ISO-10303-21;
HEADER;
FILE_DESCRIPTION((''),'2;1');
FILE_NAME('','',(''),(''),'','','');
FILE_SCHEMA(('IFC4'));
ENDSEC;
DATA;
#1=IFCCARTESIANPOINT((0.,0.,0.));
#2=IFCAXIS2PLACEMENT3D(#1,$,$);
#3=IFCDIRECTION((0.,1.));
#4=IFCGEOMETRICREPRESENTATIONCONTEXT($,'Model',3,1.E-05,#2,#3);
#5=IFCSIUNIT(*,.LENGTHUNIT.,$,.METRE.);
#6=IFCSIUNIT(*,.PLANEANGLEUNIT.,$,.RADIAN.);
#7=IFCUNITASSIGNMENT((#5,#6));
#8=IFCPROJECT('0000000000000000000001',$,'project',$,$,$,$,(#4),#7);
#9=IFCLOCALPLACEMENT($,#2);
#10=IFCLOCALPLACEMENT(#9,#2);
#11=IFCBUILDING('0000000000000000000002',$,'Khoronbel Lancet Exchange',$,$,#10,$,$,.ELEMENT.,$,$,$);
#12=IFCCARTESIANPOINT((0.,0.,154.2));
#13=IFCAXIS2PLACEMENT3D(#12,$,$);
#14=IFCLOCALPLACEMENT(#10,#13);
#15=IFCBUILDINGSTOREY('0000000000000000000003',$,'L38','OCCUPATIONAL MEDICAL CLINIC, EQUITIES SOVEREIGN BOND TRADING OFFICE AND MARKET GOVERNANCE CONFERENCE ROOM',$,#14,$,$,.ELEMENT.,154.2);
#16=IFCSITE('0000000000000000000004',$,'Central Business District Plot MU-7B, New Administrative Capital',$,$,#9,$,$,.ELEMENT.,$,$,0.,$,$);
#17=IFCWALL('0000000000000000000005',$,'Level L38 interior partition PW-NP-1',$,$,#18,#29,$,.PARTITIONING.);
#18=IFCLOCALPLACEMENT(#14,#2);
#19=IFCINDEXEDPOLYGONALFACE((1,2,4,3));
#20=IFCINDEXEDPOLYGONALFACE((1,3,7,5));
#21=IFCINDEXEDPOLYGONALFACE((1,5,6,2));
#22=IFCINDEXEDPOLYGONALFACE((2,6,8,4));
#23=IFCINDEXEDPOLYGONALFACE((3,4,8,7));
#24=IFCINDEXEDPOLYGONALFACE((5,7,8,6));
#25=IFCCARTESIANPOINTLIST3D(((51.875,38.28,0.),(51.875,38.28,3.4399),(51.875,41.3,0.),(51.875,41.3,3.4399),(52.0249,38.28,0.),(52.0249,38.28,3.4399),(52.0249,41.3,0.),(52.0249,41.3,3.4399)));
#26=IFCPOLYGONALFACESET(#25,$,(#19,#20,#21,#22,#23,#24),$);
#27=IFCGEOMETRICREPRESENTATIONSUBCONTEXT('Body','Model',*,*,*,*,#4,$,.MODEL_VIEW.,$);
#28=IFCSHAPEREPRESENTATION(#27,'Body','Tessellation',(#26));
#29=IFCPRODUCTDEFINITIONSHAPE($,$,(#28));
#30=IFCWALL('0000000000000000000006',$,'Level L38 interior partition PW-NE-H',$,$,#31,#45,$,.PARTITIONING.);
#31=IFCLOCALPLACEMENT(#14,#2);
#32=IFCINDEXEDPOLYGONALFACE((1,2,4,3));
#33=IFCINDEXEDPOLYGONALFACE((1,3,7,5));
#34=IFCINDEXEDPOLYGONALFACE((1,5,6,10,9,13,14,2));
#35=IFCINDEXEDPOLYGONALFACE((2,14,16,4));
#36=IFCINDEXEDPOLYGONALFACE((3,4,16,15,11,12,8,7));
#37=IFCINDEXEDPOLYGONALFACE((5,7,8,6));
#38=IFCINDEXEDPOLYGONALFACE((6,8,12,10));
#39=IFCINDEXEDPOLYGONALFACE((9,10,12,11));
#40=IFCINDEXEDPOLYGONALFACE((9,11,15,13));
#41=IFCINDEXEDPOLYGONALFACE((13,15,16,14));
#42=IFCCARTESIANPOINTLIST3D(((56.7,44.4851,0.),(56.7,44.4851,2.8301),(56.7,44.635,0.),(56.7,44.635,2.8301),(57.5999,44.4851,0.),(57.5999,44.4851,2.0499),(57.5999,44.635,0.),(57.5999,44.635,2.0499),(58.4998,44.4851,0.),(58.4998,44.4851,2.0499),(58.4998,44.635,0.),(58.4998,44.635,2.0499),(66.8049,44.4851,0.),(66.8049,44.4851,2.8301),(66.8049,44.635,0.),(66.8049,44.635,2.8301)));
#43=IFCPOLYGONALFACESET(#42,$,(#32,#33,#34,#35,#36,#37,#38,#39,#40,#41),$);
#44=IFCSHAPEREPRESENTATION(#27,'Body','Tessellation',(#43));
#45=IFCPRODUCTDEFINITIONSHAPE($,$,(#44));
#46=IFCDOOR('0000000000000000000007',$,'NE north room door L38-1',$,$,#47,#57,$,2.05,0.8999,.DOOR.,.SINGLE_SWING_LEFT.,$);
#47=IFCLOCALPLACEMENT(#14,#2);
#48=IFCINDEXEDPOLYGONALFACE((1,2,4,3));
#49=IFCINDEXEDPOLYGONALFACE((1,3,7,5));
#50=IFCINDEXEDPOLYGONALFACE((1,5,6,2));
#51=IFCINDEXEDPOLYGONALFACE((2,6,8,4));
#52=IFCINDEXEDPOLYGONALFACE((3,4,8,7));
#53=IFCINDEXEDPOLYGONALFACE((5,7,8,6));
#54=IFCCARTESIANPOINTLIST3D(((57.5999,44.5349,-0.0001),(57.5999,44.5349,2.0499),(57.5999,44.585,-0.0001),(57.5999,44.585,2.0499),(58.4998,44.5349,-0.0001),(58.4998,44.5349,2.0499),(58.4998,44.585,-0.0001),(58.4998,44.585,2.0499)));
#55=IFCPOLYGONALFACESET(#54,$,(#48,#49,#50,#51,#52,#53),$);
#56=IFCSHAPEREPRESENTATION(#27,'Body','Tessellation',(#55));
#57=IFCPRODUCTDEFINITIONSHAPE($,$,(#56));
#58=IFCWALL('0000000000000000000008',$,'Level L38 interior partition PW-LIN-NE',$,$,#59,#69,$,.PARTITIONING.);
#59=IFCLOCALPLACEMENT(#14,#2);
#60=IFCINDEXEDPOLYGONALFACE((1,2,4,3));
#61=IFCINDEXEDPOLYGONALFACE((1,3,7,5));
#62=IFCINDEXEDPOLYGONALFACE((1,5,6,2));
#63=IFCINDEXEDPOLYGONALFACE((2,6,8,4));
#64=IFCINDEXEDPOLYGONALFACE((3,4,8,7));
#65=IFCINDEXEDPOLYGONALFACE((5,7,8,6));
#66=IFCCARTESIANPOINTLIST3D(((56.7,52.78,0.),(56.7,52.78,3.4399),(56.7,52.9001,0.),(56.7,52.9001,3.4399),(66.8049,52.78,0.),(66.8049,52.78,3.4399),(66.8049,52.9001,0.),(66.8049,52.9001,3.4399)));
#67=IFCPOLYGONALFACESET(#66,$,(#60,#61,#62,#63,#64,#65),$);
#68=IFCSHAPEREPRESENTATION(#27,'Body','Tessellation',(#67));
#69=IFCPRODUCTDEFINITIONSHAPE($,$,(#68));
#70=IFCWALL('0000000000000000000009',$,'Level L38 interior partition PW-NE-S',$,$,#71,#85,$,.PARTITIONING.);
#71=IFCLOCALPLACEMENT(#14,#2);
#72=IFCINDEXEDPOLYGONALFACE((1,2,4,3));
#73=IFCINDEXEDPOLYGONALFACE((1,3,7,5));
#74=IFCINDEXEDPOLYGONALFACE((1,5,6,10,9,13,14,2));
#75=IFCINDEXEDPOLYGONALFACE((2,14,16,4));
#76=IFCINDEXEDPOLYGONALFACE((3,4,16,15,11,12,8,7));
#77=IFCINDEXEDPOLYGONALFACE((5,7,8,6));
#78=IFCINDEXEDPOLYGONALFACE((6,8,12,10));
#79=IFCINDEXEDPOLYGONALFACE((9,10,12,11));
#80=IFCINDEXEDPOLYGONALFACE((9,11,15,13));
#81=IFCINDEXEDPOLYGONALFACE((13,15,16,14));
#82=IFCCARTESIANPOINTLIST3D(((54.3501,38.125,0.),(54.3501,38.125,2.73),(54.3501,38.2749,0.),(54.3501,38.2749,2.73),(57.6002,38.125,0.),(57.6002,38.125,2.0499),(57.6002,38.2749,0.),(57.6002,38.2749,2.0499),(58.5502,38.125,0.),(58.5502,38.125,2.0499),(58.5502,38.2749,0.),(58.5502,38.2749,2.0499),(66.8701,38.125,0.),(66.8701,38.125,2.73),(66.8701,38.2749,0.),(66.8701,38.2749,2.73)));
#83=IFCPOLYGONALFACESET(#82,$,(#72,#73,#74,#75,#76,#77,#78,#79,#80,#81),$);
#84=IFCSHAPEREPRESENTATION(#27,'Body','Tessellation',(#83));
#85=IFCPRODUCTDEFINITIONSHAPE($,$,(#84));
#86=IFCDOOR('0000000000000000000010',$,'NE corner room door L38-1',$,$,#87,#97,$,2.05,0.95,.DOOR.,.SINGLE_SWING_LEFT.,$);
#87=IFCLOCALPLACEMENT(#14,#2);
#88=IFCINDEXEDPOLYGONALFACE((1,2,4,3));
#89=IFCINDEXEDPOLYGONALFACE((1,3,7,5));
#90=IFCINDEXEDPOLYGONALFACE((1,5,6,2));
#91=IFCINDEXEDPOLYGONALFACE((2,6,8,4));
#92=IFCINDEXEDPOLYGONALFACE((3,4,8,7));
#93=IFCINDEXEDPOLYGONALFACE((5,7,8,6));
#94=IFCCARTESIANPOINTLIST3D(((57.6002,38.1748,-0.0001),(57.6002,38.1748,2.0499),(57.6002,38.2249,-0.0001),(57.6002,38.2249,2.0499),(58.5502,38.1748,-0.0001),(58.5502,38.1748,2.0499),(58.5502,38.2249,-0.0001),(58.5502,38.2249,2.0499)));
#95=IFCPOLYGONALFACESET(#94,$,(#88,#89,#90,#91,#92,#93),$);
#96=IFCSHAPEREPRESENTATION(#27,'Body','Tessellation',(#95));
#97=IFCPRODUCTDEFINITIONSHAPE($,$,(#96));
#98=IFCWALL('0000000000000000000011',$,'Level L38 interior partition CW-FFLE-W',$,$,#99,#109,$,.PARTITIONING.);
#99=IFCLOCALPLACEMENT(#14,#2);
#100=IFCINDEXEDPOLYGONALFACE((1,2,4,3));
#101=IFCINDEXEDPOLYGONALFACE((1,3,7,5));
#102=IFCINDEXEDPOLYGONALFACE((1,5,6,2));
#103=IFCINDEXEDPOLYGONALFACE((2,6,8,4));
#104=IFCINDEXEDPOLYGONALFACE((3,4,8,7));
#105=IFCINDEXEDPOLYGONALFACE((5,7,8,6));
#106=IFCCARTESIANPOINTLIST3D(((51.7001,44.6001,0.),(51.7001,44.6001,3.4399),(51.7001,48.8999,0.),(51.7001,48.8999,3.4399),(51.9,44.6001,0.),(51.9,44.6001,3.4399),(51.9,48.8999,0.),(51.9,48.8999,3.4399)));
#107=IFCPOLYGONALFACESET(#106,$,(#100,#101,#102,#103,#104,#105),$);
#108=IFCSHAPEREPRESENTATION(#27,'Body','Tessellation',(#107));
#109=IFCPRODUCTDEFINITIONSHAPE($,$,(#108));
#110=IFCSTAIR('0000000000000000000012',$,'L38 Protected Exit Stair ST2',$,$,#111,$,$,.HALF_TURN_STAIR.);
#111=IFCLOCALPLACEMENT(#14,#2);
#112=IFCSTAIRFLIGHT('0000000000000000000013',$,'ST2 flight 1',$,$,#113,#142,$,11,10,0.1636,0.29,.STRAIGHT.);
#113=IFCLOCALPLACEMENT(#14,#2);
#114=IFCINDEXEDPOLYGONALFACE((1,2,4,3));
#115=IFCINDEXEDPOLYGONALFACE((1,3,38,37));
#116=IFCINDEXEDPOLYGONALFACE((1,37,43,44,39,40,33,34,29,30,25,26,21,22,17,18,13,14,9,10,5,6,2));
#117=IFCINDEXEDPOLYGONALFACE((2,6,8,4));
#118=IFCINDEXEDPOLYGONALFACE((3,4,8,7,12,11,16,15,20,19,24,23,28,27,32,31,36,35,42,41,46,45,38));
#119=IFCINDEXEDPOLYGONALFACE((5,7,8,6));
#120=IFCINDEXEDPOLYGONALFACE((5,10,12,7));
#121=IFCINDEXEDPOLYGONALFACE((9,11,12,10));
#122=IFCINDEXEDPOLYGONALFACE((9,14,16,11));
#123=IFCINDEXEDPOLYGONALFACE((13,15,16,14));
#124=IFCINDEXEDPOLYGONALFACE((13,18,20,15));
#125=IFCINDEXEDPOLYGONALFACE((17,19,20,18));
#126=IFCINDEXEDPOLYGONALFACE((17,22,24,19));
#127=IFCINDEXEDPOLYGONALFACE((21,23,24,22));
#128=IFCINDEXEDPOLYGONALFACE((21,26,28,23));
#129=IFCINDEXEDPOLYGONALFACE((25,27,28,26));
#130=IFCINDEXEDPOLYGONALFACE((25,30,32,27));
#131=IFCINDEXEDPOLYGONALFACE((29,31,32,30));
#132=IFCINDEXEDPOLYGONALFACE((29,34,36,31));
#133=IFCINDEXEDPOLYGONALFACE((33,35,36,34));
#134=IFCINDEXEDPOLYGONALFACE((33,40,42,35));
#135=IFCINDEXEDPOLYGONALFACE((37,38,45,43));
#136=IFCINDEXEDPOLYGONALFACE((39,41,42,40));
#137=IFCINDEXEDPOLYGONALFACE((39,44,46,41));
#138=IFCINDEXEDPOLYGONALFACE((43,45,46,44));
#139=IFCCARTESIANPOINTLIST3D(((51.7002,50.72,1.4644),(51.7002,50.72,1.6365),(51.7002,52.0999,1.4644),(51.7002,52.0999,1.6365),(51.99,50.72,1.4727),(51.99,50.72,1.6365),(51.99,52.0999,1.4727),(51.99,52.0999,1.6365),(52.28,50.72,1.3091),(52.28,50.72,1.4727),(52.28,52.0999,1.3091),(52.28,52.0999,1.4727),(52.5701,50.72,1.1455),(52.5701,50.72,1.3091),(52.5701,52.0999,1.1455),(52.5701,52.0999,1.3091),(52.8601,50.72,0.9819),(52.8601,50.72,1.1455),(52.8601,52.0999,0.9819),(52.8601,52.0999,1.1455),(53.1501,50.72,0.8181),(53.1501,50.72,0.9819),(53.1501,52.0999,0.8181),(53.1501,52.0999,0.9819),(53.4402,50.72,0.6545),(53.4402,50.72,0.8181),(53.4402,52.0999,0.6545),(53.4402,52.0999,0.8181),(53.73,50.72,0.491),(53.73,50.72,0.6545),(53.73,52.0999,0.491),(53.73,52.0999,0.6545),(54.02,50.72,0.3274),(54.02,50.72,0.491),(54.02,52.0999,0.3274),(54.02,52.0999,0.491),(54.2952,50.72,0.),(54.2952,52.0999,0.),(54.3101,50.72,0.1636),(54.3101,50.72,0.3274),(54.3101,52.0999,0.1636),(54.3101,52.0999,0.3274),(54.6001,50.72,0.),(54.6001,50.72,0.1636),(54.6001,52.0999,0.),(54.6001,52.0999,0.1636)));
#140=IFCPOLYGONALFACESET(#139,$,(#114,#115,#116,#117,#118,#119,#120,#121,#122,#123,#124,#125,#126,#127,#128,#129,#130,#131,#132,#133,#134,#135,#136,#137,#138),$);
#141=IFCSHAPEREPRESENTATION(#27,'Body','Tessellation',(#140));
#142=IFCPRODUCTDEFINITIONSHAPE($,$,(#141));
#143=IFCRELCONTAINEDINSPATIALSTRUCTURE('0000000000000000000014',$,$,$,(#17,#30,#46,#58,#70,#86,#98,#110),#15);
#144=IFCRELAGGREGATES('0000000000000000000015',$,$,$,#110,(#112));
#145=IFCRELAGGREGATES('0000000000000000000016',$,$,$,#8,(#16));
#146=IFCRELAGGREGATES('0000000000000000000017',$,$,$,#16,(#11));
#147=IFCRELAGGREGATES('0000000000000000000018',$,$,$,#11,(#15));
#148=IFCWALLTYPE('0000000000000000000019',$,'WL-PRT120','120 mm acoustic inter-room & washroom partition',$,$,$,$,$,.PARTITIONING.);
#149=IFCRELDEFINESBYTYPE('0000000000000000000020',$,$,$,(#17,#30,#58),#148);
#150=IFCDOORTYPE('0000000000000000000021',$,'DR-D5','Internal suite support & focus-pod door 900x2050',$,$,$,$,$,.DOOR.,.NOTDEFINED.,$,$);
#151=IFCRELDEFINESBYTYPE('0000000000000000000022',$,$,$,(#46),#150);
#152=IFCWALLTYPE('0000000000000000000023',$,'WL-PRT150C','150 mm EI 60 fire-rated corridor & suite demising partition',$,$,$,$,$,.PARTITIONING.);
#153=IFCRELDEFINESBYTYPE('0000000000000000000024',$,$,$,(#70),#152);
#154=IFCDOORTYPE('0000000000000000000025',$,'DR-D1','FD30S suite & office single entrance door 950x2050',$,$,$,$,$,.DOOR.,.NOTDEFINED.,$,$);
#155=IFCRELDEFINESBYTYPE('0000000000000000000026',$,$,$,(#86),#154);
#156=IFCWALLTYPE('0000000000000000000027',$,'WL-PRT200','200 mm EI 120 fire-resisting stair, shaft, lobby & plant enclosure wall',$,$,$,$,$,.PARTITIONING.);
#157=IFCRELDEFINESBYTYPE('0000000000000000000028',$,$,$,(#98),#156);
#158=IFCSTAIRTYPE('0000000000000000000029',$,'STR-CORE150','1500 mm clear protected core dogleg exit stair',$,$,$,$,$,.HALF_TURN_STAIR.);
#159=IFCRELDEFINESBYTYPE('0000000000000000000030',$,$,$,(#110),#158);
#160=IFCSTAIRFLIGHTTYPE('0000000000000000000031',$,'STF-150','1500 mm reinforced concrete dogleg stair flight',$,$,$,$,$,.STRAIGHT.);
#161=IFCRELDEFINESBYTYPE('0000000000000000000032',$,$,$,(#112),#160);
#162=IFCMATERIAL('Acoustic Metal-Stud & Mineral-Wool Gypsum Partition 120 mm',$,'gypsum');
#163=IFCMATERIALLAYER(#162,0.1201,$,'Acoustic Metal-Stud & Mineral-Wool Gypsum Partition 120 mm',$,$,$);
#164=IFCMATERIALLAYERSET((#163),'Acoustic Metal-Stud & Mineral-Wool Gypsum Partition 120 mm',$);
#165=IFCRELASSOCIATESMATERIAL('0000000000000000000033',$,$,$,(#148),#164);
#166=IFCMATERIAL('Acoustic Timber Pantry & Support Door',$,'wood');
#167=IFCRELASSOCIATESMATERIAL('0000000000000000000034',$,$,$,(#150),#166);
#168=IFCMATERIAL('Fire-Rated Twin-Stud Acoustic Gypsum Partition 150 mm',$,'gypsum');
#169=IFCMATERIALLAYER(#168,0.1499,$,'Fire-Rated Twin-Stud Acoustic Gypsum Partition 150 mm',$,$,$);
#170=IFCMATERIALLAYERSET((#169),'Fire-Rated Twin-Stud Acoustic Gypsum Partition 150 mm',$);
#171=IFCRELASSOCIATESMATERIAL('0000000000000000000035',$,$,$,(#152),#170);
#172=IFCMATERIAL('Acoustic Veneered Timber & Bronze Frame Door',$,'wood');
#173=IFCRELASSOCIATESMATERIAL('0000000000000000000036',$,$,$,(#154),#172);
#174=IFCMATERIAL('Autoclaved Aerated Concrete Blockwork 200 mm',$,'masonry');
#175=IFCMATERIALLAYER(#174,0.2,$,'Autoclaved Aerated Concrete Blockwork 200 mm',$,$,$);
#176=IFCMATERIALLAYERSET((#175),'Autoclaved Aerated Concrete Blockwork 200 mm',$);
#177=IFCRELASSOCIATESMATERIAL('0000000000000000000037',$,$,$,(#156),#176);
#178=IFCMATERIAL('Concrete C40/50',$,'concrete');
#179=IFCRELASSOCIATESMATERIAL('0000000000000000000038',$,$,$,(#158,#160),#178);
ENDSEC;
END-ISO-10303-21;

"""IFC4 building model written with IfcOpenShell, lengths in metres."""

from ifc_helpers import new_model, si_unit, direction, frame, frame_2d, origin, place, context, subcontext, project, spatial, polyline, rectangle, outline, extrude, material, layer, layer_set, type_object, element, fill, aggregate, save


model = new_model("IFC4")

# Units and contexts
model_context = context("Model", 3, precision=1e-05, world=origin(), true_north=direction((0.0, 1.0)))
body_context = subcontext(model_context, "Body", "Model", "MODEL_VIEW")
ifc_project = project(units=[si_unit("LENGTHUNIT", "METRE"), si_unit("PLANEANGLEUNIT", "RADIAN")], contexts=[model_context])

# Site, building, storey
site_placement = place(None, origin())
site = spatial("IfcSite", under=ifc_project, at=site_placement, Name="Central Business District Plot MU-7B, New Administrative Capital", CompositionType="ELEMENT", RefElevation=0.0)
building_placement = place(site_placement, origin())
building = spatial("IfcBuilding", under=site, at=building_placement, Name="Khoronbel Lancet Exchange", CompositionType="ELEMENT")
storey_placement = place(building_placement, frame((0.0, 0.0, 154.2)))
storey = spatial("IfcBuildingStorey", under=building, at=storey_placement, Name="L38", Description="OCCUPATIONAL MEDICAL CLINIC, EQUITIES SOVEREIGN BOND TRADING OFFICE AND MARKET GOVERNANCE CONFERENCE ROOM", CompositionType="ELEMENT", Elevation=154.2)

# Wall
ifc_material_1 = material(Name="Acoustic Metal-Stud & Mineral-Wool Gypsum Partition 120 mm", Category="gypsum")
ifc_layer_1 = layer(ifc_material_1, 0.1201, Name="Acoustic Metal-Stud & Mineral-Wool Gypsum Partition 120 mm")
ifc_layer_set_1 = layer_set([ifc_layer_1], Name="Acoustic Metal-Stud & Mineral-Wool Gypsum Partition 120 mm")
wall_type_1 = type_object("IfcWallType", Name="WL-PRT120", Description="120 mm acoustic inter-room & washroom partition", PredefinedType="PARTITIONING", material=ifc_layer_set_1)
wall_1_placement = place(storey_placement, frame((51.95, 38.28, 0.0), z_axis=(0.0, 0.0, 1.0), x_axis=(0.0, 1.0, 0.0)))
element("IfcWall", 1, at=wall_1_placement, inside=storey, type_object=wall_type_1, Name="Level L38 interior partition PW-NP-1", PredefinedType="PARTITIONING", context=body_context, shape_type="SweptSolid", body=[
    extrude(rectangle(XDim=3.02, YDim=0.1499, at=frame_2d((1.51, 0.0))), origin(), (0.0, 0.0, 1.0), 3.4399),
])

# Wall, opening, door
wall_2_placement = place(storey_placement, frame((56.7, 44.5601, 0.0), z_axis=(0.0, 0.0, 1.0), x_axis=(1.0, 0.0, 0.0)))
wall_2 = element("IfcWall", 2, at=wall_2_placement, inside=storey, type_object=wall_type_1, Name="Level L38 interior partition PW-NE-H", PredefinedType="PARTITIONING", context=body_context, shape_type="SweptSolid", body=[
    extrude(rectangle(XDim=10.105, YDim=0.1499, at=frame_2d((5.0525, 0.0))), origin(), (0.0, 0.0, 1.0), 2.8301),
])
opening_1_placement = place(wall_2_placement, frame((0.8999, 0.0, 0.0)))
opening_1 = element("IfcOpeningElement", 3, at=opening_1_placement, cuts=wall_2, PredefinedType="OPENING", context=body_context, shape_type="SweptSolid", body=[
    extrude(rectangle(XDim=0.8999, YDim=2.05, at=frame_2d((0.45, 1.0249))), frame((0.0, 0.085, 0.0), z_axis=(0.0, -1.0, 0.0), x_axis=(1.0, 0.0, 0.0)), (0.0, 0.0, 1.0), 0.1699),
])
ifc_material_2 = material(Name="Acoustic Timber Pantry & Support Door", Category="wood")
door_type_1 = type_object("IfcDoorType", Name="DR-D5", Description="Internal suite support & focus-pod door 900x2050", OperationType="NOTDEFINED", PredefinedType="DOOR", material=ifc_material_2)
door_1_placement = place(opening_1_placement, origin())
door_1 = element("IfcDoor", 4, at=door_1_placement, inside=storey, type_object=door_type_1, Name="NE north room door L38-1", OperationType="SINGLE_SWING_LEFT", OverallHeight=2.05, OverallWidth=0.8999, PredefinedType="DOOR", context=body_context, shape_type="SweptSolid", body=[
    extrude(rectangle(XDim=0.8999, YDim=2.05, at=frame_2d((0.45, 1.0249))), frame((0.0, 0.0249, 0.0), z_axis=(0.0, -1.0, 0.0), x_axis=(1.0, 0.0, 0.0)), (0.0, 0.0, 1.0), 0.05),
])
fill(opening_1, door_1)

# Wall
wall_3_placement = place(storey_placement, frame((56.7, 52.8401, 0.0), z_axis=(0.0, 0.0, 1.0), x_axis=(1.0, 0.0, 0.0)))
element("IfcWall", 5, at=wall_3_placement, inside=storey, type_object=wall_type_1, Name="Level L38 interior partition PW-LIN-NE", PredefinedType="PARTITIONING", context=body_context, shape_type="SweptSolid", body=[
    extrude(rectangle(XDim=10.105, YDim=0.1201, at=frame_2d((5.0525, 0.0))), origin(), (0.0, 0.0, 1.0), 3.4399),
])

# Wall, opening, door
ifc_material_3 = material(Name="Fire-Rated Twin-Stud Acoustic Gypsum Partition 150 mm", Category="gypsum")
ifc_layer_2 = layer(ifc_material_3, 0.1499, Name="Fire-Rated Twin-Stud Acoustic Gypsum Partition 150 mm")
ifc_layer_set_2 = layer_set([ifc_layer_2], Name="Fire-Rated Twin-Stud Acoustic Gypsum Partition 150 mm")
wall_type_2 = type_object("IfcWallType", Name="WL-PRT150C", Description="150 mm EI 60 fire-rated corridor & suite demising partition", PredefinedType="PARTITIONING", material=ifc_layer_set_2)
wall_4_placement = place(storey_placement, frame((54.3501, 38.2, 0.0), z_axis=(0.0, 0.0, 1.0), x_axis=(1.0, 0.0, 0.0)))
wall_4 = element("IfcWall", 6, at=wall_4_placement, inside=storey, type_object=wall_type_2, Name="Level L38 interior partition PW-NE-S", PredefinedType="PARTITIONING", context=body_context, shape_type="SweptSolid", body=[
    extrude(rectangle(XDim=12.52, YDim=0.1499, at=frame_2d((6.26, 0.0))), origin(), (0.0, 0.0, 1.0), 2.73),
])
opening_2_placement = place(wall_4_placement, frame((3.25, 0.0, 0.0)))
opening_2 = element("IfcOpeningElement", 7, at=opening_2_placement, cuts=wall_4, PredefinedType="OPENING", context=body_context, shape_type="SweptSolid", body=[
    extrude(rectangle(XDim=0.95, YDim=2.05, at=frame_2d((0.4751, 1.0249))), frame((0.0, 0.085, 0.0), z_axis=(0.0, -1.0, 0.0), x_axis=(1.0, 0.0, 0.0)), (0.0, 0.0, 1.0), 0.1699),
])
ifc_material_4 = material(Name="Acoustic Veneered Timber & Bronze Frame Door", Category="wood")
door_type_2 = type_object("IfcDoorType", Name="DR-D1", Description="FD30S suite & office single entrance door 950x2050", OperationType="NOTDEFINED", PredefinedType="DOOR", material=ifc_material_4)
door_2_placement = place(opening_2_placement, origin())
door_2 = element("IfcDoor", 8, at=door_2_placement, inside=storey, type_object=door_type_2, Name="NE corner room door L38-1", OperationType="SINGLE_SWING_LEFT", OverallHeight=2.05, OverallWidth=0.95, PredefinedType="DOOR", context=body_context, shape_type="SweptSolid", body=[
    extrude(rectangle(XDim=0.95, YDim=2.05, at=frame_2d((0.4751, 1.0249))), frame((0.0, 0.0249, 0.0), z_axis=(0.0, -1.0, 0.0), x_axis=(1.0, 0.0, 0.0)), (0.0, 0.0, 1.0), 0.05),
])
fill(opening_2, door_2)

# Wall
ifc_material_5 = material(Name="Autoclaved Aerated Concrete Blockwork 200 mm", Category="masonry")
ifc_layer_3 = layer(ifc_material_5, 0.2, Name="Autoclaved Aerated Concrete Blockwork 200 mm")
ifc_layer_set_3 = layer_set([ifc_layer_3], Name="Autoclaved Aerated Concrete Blockwork 200 mm")
wall_type_3 = type_object("IfcWallType", Name="WL-PRT200", Description="200 mm EI 120 fire-resisting stair, shaft, lobby & plant enclosure wall", PredefinedType="PARTITIONING", material=ifc_layer_set_3)
wall_5_placement = place(storey_placement, frame((51.8, 44.6001, 0.0), z_axis=(0.0, 0.0, 1.0), x_axis=(0.0, 1.0, 0.0)))
element("IfcWall", 9, at=wall_5_placement, inside=storey, type_object=wall_type_3, Name="Level L38 interior partition CW-FFLE-W", PredefinedType="PARTITIONING", context=body_context, shape_type="SweptSolid", body=[
    extrude(rectangle(XDim=4.2998, YDim=0.2, at=frame_2d((2.1499, 0.0))), origin(), (0.0, 0.0, 1.0), 3.4399),
])

# Stair, stair flight
ifc_material_6 = material(Name="Concrete C40/50", Category="concrete")
stair_type = type_object("IfcStairType", Name="STR-CORE150", Description="1500 mm clear protected core dogleg exit stair", PredefinedType="HALF_TURN_STAIR", material=ifc_material_6)
stair_placement = place(storey_placement, origin())
stair = element("IfcStair", 10, at=stair_placement, inside=storey, type_object=stair_type, Name="L38 Protected Exit Stair ST2", PredefinedType="HALF_TURN_STAIR")
stair_flight_type = type_object("IfcStairFlightType", Name="STF-150", Description="1500 mm reinforced concrete dogleg stair flight", PredefinedType="STRAIGHT", material=ifc_material_6)
stair_flight_placement = place(storey_placement, frame((54.6001, 51.4099, 0.0), z_axis=(0.0, 0.0, 1.0), x_axis=(-1.0, 0.0, 0.0)))
stair_flight = element("IfcStairFlight", 11, at=stair_flight_placement, type_object=stair_flight_type, Name="ST2 flight 1", NumberOfRisers=11, NumberOfTreads=10, PredefinedType="STRAIGHT", RiserHeight=0.1636, TreadLength=0.29, context=body_context, shape_type="SweptSolid", body=[
    extrude(outline(polyline([(0.0, 0.0), (0.0, 0.1636), (0.29, 0.1636), (0.29, 0.3274), (0.5801, 0.3274), (0.5801, 0.491), (0.8701, 0.491), (0.8701, 0.6545), (1.1599, 0.6545), (1.1599, 0.8181), (1.45, 0.8181), (1.45, 0.9819), (1.74, 0.9819), (1.74, 1.1455), (2.03, 1.1455), (2.03, 1.3091), (2.3201, 1.3091), (2.3201, 1.4727), (2.6101, 1.4727), (2.6101, 1.6365), (2.8999, 1.6365), (2.8999, 1.8), (2.8999, 1.4644), (0.3049, 0.0), (0.0, 0.0)])), frame((0.0, 0.6899, 0.0), z_axis=(0.0, -1.0, 0.0), x_axis=(1.0, 0.0, 0.0)), (0.0, 0.0, 1.0), 1.3799),
])
aggregate(stair, [stair_flight])

save(model, "model.ifc")
